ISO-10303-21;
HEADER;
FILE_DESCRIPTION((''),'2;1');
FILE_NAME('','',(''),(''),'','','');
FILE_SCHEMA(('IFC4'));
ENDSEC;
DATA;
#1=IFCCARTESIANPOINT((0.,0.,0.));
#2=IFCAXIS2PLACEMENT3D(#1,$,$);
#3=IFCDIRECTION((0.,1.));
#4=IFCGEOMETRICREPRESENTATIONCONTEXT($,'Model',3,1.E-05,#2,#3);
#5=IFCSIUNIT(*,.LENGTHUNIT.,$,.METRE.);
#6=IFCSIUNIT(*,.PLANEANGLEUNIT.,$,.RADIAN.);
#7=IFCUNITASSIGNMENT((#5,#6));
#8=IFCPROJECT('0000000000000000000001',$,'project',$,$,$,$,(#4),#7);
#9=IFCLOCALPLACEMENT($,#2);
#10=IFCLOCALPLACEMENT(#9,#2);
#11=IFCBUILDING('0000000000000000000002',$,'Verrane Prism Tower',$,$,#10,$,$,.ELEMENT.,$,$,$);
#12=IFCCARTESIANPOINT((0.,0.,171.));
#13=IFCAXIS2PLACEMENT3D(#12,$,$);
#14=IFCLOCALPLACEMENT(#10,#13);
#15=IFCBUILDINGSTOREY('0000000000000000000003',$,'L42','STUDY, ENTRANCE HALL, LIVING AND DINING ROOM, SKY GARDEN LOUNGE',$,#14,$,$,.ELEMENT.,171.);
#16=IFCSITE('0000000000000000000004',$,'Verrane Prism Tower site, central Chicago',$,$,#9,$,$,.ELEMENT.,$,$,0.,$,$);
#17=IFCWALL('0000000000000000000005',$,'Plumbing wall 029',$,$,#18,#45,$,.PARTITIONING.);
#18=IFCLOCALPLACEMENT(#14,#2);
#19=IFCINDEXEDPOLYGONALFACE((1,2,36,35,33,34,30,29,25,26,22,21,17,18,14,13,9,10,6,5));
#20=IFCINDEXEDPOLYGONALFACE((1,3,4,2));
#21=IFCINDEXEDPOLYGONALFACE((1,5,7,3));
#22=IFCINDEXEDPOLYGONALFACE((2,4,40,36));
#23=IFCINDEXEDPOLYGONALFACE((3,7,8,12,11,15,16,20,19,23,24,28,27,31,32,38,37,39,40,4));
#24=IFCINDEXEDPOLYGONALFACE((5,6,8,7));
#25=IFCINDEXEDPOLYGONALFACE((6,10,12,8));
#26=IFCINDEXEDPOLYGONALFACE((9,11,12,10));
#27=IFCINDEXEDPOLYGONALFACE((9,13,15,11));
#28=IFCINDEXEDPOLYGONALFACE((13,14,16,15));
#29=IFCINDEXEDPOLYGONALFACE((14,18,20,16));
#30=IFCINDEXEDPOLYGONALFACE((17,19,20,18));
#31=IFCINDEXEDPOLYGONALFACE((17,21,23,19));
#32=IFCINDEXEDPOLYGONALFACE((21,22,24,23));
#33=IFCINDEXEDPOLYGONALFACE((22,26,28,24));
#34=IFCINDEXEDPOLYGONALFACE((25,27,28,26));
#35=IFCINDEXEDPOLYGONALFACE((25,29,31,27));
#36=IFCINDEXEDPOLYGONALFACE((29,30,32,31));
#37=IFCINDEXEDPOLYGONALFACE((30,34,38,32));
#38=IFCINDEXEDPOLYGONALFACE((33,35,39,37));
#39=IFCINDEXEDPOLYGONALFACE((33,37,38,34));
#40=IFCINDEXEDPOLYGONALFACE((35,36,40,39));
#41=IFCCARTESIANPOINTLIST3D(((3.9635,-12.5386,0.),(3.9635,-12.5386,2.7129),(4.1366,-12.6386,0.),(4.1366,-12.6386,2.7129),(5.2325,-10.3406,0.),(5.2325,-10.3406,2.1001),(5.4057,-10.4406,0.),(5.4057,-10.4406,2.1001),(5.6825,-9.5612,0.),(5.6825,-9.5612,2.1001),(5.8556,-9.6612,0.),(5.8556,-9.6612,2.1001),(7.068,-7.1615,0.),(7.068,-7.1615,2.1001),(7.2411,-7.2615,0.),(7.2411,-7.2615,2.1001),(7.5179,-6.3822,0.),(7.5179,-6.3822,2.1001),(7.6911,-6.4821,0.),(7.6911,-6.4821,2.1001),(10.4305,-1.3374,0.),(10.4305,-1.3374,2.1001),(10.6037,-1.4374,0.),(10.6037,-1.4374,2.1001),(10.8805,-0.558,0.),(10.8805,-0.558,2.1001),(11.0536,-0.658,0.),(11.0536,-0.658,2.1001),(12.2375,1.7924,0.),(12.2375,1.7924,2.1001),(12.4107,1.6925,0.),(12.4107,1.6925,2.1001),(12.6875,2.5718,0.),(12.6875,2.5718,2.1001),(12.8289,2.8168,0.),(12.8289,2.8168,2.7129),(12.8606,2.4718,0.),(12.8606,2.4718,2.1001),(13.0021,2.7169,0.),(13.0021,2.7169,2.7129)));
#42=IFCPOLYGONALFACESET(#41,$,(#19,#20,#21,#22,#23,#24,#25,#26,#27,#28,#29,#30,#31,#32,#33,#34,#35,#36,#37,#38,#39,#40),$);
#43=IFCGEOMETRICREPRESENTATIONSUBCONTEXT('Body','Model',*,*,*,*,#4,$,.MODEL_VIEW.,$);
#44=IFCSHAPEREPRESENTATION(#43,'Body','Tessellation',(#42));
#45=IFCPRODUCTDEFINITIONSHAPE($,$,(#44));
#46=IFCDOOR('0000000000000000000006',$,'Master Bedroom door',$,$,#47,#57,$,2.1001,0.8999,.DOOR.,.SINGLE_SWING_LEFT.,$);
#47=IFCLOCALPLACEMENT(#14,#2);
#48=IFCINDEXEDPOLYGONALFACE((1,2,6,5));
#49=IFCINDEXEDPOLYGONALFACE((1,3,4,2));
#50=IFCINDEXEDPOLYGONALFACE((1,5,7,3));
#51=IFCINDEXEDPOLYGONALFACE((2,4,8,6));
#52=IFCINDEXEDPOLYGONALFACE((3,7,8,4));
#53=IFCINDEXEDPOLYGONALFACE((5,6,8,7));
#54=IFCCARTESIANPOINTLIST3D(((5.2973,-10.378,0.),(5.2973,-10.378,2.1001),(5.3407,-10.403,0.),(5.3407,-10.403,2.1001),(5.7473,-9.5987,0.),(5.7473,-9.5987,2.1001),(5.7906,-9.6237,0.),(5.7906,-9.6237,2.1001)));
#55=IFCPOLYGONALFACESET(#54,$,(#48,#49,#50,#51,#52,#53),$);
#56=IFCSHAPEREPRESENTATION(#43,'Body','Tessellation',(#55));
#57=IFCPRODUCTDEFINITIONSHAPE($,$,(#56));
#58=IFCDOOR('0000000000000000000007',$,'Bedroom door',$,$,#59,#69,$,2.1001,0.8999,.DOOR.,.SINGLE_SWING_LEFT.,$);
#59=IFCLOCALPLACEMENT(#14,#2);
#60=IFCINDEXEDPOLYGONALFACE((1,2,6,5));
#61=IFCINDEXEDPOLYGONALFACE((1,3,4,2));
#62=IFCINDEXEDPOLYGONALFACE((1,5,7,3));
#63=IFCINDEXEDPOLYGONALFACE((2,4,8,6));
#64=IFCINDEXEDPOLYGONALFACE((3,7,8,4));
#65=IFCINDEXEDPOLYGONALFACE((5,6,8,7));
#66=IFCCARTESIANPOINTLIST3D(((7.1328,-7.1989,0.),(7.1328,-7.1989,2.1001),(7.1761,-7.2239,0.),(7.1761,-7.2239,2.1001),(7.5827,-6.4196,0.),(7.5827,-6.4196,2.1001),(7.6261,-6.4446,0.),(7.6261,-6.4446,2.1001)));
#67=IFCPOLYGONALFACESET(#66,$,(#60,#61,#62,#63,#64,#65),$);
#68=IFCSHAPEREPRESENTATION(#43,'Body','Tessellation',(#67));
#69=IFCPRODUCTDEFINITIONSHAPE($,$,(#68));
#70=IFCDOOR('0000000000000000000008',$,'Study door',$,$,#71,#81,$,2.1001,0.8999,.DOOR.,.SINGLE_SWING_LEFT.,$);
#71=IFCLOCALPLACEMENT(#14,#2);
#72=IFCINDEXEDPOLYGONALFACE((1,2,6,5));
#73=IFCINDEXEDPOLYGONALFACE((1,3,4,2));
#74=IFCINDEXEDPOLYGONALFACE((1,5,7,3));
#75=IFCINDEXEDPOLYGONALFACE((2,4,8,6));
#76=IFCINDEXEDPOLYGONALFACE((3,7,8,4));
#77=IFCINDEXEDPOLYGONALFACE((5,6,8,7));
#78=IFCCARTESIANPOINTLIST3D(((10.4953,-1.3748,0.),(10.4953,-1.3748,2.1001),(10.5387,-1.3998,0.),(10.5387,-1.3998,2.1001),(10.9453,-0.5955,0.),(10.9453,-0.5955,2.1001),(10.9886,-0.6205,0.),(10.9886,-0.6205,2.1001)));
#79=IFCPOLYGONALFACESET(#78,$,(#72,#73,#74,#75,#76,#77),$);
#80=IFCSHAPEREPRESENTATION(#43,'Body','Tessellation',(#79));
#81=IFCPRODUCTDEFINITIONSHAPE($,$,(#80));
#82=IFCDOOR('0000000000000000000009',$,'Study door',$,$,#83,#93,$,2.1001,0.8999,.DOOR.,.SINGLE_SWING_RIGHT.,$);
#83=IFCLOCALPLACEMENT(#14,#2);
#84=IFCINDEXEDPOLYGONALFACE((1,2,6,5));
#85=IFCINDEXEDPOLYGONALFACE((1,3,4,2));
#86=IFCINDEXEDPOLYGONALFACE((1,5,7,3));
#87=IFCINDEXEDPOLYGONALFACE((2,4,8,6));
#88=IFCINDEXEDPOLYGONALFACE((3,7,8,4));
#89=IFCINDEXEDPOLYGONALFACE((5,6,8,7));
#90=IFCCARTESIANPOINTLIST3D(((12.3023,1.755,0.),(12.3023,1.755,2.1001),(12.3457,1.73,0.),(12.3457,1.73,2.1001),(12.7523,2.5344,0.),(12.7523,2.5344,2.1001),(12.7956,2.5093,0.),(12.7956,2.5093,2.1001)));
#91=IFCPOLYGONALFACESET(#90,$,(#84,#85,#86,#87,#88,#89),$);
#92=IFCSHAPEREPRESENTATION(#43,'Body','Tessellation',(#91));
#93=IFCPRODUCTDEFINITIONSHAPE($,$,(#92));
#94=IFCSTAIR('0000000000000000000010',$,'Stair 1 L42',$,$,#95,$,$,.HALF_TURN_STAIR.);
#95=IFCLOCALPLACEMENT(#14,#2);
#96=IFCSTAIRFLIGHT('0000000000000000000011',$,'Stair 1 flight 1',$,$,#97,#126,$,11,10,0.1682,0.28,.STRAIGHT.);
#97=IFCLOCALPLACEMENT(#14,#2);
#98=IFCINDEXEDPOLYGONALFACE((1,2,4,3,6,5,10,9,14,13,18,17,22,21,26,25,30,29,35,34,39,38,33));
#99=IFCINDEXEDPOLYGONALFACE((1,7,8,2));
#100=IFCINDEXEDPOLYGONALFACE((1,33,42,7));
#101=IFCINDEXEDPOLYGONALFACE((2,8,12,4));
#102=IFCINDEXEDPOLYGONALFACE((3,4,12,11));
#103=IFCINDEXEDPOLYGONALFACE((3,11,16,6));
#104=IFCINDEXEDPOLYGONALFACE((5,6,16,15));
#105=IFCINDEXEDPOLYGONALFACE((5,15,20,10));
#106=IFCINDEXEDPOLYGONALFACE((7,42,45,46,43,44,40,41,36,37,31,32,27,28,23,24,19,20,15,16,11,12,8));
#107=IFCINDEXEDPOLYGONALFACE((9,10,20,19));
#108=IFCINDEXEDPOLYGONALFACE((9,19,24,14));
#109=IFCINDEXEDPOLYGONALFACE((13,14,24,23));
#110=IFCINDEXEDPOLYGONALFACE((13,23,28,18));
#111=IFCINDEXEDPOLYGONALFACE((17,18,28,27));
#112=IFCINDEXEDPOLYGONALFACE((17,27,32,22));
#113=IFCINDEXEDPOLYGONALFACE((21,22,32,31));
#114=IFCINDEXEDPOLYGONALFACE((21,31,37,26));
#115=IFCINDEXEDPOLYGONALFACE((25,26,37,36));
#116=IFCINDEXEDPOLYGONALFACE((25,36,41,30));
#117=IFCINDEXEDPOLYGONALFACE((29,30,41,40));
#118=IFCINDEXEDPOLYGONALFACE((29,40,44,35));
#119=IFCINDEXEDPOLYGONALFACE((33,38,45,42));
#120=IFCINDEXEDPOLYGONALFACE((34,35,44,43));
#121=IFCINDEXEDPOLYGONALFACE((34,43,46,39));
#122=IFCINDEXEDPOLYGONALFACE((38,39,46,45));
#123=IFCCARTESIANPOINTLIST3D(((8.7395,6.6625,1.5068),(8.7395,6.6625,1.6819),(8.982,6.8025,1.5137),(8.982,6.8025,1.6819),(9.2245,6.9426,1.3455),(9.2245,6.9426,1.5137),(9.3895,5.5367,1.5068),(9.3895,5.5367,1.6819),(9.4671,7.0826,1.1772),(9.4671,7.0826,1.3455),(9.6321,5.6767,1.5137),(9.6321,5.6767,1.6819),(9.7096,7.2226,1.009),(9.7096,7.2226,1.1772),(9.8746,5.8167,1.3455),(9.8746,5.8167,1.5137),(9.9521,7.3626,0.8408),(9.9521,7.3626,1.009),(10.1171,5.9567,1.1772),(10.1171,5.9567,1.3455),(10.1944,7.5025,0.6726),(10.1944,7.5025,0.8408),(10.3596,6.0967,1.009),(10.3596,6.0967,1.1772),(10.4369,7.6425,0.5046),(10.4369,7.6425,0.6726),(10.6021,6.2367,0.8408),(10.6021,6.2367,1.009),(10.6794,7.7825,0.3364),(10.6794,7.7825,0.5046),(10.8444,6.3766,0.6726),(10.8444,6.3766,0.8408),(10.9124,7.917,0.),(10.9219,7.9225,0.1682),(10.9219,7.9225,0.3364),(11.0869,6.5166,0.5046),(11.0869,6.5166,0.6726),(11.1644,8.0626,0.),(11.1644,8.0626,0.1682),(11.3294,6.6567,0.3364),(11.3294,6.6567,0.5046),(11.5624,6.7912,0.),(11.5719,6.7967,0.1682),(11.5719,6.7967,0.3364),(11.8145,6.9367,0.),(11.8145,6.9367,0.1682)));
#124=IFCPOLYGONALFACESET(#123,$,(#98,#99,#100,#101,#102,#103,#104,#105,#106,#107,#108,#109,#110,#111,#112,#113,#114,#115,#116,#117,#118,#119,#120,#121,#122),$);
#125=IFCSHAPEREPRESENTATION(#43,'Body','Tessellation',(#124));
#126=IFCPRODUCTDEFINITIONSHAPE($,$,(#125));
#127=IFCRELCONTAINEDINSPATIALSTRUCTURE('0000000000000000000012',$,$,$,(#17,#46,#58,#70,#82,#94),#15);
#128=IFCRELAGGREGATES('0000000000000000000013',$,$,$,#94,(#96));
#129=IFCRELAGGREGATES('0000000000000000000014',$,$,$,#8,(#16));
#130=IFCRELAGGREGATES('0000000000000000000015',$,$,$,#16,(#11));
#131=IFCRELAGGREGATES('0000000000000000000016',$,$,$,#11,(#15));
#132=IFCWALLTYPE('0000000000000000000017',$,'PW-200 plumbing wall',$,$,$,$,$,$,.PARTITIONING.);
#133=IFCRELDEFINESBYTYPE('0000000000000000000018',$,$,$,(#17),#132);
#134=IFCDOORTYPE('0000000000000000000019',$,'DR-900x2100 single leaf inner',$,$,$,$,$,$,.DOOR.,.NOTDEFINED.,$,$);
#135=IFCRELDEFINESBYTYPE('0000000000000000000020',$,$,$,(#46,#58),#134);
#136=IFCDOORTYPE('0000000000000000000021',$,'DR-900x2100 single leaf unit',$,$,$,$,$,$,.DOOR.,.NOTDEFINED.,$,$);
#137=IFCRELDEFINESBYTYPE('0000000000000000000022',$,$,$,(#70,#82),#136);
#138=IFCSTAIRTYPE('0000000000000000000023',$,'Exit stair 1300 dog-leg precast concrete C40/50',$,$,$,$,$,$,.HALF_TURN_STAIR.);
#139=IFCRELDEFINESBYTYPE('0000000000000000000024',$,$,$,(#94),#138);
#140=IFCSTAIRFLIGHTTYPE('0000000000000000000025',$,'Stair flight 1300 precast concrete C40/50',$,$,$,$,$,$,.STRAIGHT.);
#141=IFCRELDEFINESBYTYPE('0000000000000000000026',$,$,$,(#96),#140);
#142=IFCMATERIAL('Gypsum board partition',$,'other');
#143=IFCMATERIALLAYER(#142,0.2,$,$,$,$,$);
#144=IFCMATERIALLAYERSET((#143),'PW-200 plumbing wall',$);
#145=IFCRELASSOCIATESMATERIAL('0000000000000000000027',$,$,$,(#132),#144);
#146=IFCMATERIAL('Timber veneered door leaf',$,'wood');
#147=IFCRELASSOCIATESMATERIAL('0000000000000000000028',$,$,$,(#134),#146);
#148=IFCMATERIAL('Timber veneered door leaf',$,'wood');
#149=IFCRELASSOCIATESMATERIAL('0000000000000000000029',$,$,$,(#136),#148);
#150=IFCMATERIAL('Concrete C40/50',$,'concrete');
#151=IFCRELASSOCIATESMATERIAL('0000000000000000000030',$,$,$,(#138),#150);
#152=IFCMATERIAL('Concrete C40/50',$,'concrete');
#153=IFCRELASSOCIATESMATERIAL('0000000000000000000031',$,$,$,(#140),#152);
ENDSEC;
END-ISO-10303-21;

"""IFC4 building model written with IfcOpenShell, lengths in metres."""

from ifc_helpers import new_model, si_unit, direction, frame, frame_2d, origin, place, context, subcontext, project, spatial, polyline, rectangle, outline, extrude, material, layer, layer_set, type_object, element, fill, aggregate, save


model = new_model("IFC4")

# Units and contexts
model_context = context("Model", 3, precision=1e-05, world=origin(), true_north=direction((0.0, 1.0)))
body_context = subcontext(model_context, "Body", "Model", "MODEL_VIEW")
ifc_project = project(units=[si_unit("LENGTHUNIT", "METRE"), si_unit("PLANEANGLEUNIT", "RADIAN")], contexts=[model_context])

# Site, building, storey
site_placement = place(None, origin())
site = spatial("IfcSite", under=ifc_project, at=site_placement, Name="Verrane Prism Tower site, central Chicago", CompositionType="ELEMENT", RefElevation=0.0)
building_placement = place(site_placement, origin())
building = spatial("IfcBuilding", under=site, at=building_placement, Name="Verrane Prism Tower", CompositionType="ELEMENT")
storey_placement = place(building_placement, frame((0.0, 0.0, 171.0)))
storey = spatial("IfcBuildingStorey", under=building, at=storey_placement, Name="L42", Description="STUDY, ENTRANCE HALL, LIVING AND DINING ROOM, SKY GARDEN LOUNGE", CompositionType="ELEMENT", Elevation=171.0)

# Wall, openings, doors
ifc_material_1 = material(Name="Gypsum board partition", Category="other")
ifc_layer_1 = layer(ifc_material_1, 0.2)
ifc_layer_set_1 = layer_set([ifc_layer_1], Name="PW-200 plumbing wall")
wall_type_1 = type_object("IfcWallType", Name="PW-200 plumbing wall", PredefinedType="PARTITIONING", material=ifc_layer_set_1)
wall_1_placement = place(storey_placement, frame((12.9155, 2.7668, 0.0), z_axis=(0.0, 0.0, 1.0), x_axis=(-0.5, -0.866026, 0.0)))
wall_1 = element("IfcWall", 1, at=wall_1_placement, inside=storey, type_object=wall_type_1, Name="Plumbing wall 029", PredefinedType="PARTITIONING", context=body_context, shape_type="SweptSolid", body=[
    extrude(rectangle(XDim=17.731, YDim=0.2, at=frame_2d((8.8655, 0.0))), origin(), (0.0, 0.0, 1.0), 2.7129),
])
opening_1_placement = place(wall_1_placement, frame((14.293, 0.0, 0.0)))
opening_1 = element("IfcOpeningElement", 2, at=opening_1_placement, cuts=wall_1, PredefinedType="OPENING", context=body_context, shape_type="SweptSolid", body=[
    extrude(rectangle(XDim=0.8999, YDim=2.1001, at=frame_2d((0.45, 1.05))), frame((0.0, 0.1099, 0.0), z_axis=(0.0, -1.0, 0.0), x_axis=(1.0, 0.0, 0.0)), (0.0, 0.0, 1.0), 0.22),
])
opening_2_placement = place(wall_1_placement, frame((10.6221, 0.0, 0.0)))
opening_2 = element("IfcOpeningElement", 3, at=opening_2_placement, cuts=wall_1, PredefinedType="OPENING", context=body_context, shape_type="SweptSolid", body=[
    extrude(rectangle(XDim=0.8999, YDim=2.1001, at=frame_2d((0.45, 1.05))), frame((0.0, 0.1099, 0.0), z_axis=(0.0, -1.0, 0.0), x_axis=(1.0, 0.0, 0.0)), (0.0, 0.0, 1.0), 0.22),
])
opening_3_placement = place(wall_1_placement, frame((3.897, 0.0, 0.0)))
opening_3 = element("IfcOpeningElement", 4, at=opening_3_placement, cuts=wall_1, PredefinedType="OPENING", context=body_context, shape_type="SweptSolid", body=[
    extrude(rectangle(XDim=0.8999, YDim=2.1001, at=frame_2d((0.45, 1.05))), frame((0.0, 0.1099, 0.0), z_axis=(0.0, -1.0, 0.0), x_axis=(1.0, 0.0, 0.0)), (0.0, 0.0, 1.0), 0.22),
])
opening_4_placement = place(wall_1_placement, frame((0.283, 0.0, 0.0)))
opening_4 = element("IfcOpeningElement", 5, at=opening_4_placement, cuts=wall_1, PredefinedType="OPENING", context=body_context, shape_type="SweptSolid", body=[
    extrude(rectangle(XDim=0.8999, YDim=2.1001, at=frame_2d((0.45, 1.05))), frame((0.0, 0.1099, 0.0), z_axis=(0.0, -1.0, 0.0), x_axis=(1.0, 0.0, 0.0)), (0.0, 0.0, 1.0), 0.22),
])
ifc_material_2 = material(Name="Timber veneered door leaf", Category="wood")
door_type_1 = type_object("IfcDoorType", Name="DR-900x2100 single leaf inner", OperationType="NOTDEFINED", PredefinedType="DOOR", material=ifc_material_2)
door_1_placement = place(opening_1_placement, origin())
door_1 = element("IfcDoor", 6, at=door_1_placement, inside=storey, type_object=door_type_1, Name="Master Bedroom door", OperationType="SINGLE_SWING_LEFT", OverallHeight=2.1001, OverallWidth=0.8999, PredefinedType="DOOR", context=body_context, shape_type="SweptSolid", body=[
    extrude(rectangle(XDim=0.8999, YDim=2.1001, at=frame_2d((0.45, 1.05))), frame((0.0, 0.0249, 0.0), z_axis=(0.0, -1.0, 0.0), x_axis=(1.0, 0.0, 0.0)), (0.0, 0.0, 1.0), 0.05),
])
fill(opening_1, door_1)
door_2_placement = place(opening_2_placement, origin())
door_2 = element("IfcDoor", 7, at=door_2_placement, inside=storey, type_object=door_type_1, Name="Bedroom door", OperationType="SINGLE_SWING_LEFT", OverallHeight=2.1001, OverallWidth=0.8999, PredefinedType="DOOR", context=body_context, shape_type="SweptSolid", body=[
    extrude(rectangle(XDim=0.8999, YDim=2.1001, at=frame_2d((0.45, 1.05))), frame((0.0, 0.0249, 0.0), z_axis=(0.0, -1.0, 0.0), x_axis=(1.0, 0.0, 0.0)), (0.0, 0.0, 1.0), 0.05),
])
fill(opening_2, door_2)
ifc_material_3 = material(Name="Timber veneered door leaf", Category="wood")
door_type_2 = type_object("IfcDoorType", Name="DR-900x2100 single leaf unit", OperationType="NOTDEFINED", PredefinedType="DOOR", material=ifc_material_3)
door_3_placement = place(opening_3_placement, origin())
door_3 = element("IfcDoor", 8, at=door_3_placement, inside=storey, type_object=door_type_2, Name="Study door", OperationType="SINGLE_SWING_LEFT", OverallHeight=2.1001, OverallWidth=0.8999, PredefinedType="DOOR", context=body_context, shape_type="SweptSolid", body=[
    extrude(rectangle(XDim=0.8999, YDim=2.1001, at=frame_2d((0.45, 1.05))), frame((0.0, 0.0249, 0.0), z_axis=(0.0, -1.0, 0.0), x_axis=(1.0, 0.0, 0.0)), (0.0, 0.0, 1.0), 0.05),
])
fill(opening_3, door_3)
door_4_placement = place(opening_4_placement, origin())
door_4 = element("IfcDoor", 9, at=door_4_placement, inside=storey, type_object=door_type_2, Name="Study door", OperationType="SINGLE_SWING_RIGHT", OverallHeight=2.1001, OverallWidth=0.8999, PredefinedType="DOOR", context=body_context, shape_type="SweptSolid", body=[
    extrude(rectangle(XDim=0.8999, YDim=2.1001, at=frame_2d((0.45, 1.05))), frame((0.0, 0.0249, 0.0), z_axis=(0.0, -1.0, 0.0), x_axis=(1.0, 0.0, 0.0)), (0.0, 0.0, 1.0), 0.05),
])
fill(opening_4, door_4)

# Stair, stair flight
ifc_material_4 = material(Name="Concrete C40/50", Category="concrete")
stair_type = type_object("IfcStairType", Name="Exit stair 1300 dog-leg precast concrete C40/50", PredefinedType="HALF_TURN_STAIR", material=ifc_material_4)
stair_placement = place(storey_placement, origin())
stair = element("IfcStair", 10, at=stair_placement, inside=storey, type_object=stair_type, Name="Stair 1 L42", PredefinedType="HALF_TURN_STAIR")
ifc_material_5 = material(Name="Concrete C40/50", Category="concrete")
stair_flight_type = type_object("IfcStairFlightType", Name="Stair flight 1300 precast concrete C40/50", PredefinedType="STRAIGHT", material=ifc_material_5)
stair_flight_placement = place(storey_placement, frame((11.4895, 7.4995, 0.0), z_axis=(0.0, 0.0, 1.0), x_axis=(-0.866025, -0.5, 0.0)))
stair_flight = element("IfcStairFlight", 11, at=stair_flight_placement, type_object=stair_flight_type, Name="Stair 1 flight 1", NumberOfRisers=11, NumberOfTreads=10, PredefinedType="STRAIGHT", RiserHeight=0.1682, TreadLength=0.28, context=body_context, shape_type="SweptSolid", body=[
    extrude(outline(polyline([(0.0, 0.0), (0.0, 0.1682), (0.28, 0.1682), (0.28, 0.3364), (0.5601, 0.3364), (0.5601, 0.5046), (0.8401, 0.5046), (0.8401, 0.6726), (1.1201, 0.6726), (1.1201, 0.8408), (1.3999, 0.8408), (1.3999, 1.009), (1.6799, 1.009), (1.6799, 1.1772), (1.96, 1.1772), (1.96, 1.3455), (2.24, 1.3455), (2.24, 1.5137), (2.52, 1.5137), (2.52, 1.6819), (2.8, 1.6819), (2.8, 1.8501), (2.8, 1.5068), (0.291, 0.0), (0.0, 0.0)])), frame((0.0, 0.6499, 0.0), z_axis=(0.0, -1.0, 0.0), x_axis=(1.0, 0.0, 0.0)), (0.0, 0.0, 1.0), 1.3),
])
aggregate(stair, [stair_flight])

save(model, "model.ifc")
